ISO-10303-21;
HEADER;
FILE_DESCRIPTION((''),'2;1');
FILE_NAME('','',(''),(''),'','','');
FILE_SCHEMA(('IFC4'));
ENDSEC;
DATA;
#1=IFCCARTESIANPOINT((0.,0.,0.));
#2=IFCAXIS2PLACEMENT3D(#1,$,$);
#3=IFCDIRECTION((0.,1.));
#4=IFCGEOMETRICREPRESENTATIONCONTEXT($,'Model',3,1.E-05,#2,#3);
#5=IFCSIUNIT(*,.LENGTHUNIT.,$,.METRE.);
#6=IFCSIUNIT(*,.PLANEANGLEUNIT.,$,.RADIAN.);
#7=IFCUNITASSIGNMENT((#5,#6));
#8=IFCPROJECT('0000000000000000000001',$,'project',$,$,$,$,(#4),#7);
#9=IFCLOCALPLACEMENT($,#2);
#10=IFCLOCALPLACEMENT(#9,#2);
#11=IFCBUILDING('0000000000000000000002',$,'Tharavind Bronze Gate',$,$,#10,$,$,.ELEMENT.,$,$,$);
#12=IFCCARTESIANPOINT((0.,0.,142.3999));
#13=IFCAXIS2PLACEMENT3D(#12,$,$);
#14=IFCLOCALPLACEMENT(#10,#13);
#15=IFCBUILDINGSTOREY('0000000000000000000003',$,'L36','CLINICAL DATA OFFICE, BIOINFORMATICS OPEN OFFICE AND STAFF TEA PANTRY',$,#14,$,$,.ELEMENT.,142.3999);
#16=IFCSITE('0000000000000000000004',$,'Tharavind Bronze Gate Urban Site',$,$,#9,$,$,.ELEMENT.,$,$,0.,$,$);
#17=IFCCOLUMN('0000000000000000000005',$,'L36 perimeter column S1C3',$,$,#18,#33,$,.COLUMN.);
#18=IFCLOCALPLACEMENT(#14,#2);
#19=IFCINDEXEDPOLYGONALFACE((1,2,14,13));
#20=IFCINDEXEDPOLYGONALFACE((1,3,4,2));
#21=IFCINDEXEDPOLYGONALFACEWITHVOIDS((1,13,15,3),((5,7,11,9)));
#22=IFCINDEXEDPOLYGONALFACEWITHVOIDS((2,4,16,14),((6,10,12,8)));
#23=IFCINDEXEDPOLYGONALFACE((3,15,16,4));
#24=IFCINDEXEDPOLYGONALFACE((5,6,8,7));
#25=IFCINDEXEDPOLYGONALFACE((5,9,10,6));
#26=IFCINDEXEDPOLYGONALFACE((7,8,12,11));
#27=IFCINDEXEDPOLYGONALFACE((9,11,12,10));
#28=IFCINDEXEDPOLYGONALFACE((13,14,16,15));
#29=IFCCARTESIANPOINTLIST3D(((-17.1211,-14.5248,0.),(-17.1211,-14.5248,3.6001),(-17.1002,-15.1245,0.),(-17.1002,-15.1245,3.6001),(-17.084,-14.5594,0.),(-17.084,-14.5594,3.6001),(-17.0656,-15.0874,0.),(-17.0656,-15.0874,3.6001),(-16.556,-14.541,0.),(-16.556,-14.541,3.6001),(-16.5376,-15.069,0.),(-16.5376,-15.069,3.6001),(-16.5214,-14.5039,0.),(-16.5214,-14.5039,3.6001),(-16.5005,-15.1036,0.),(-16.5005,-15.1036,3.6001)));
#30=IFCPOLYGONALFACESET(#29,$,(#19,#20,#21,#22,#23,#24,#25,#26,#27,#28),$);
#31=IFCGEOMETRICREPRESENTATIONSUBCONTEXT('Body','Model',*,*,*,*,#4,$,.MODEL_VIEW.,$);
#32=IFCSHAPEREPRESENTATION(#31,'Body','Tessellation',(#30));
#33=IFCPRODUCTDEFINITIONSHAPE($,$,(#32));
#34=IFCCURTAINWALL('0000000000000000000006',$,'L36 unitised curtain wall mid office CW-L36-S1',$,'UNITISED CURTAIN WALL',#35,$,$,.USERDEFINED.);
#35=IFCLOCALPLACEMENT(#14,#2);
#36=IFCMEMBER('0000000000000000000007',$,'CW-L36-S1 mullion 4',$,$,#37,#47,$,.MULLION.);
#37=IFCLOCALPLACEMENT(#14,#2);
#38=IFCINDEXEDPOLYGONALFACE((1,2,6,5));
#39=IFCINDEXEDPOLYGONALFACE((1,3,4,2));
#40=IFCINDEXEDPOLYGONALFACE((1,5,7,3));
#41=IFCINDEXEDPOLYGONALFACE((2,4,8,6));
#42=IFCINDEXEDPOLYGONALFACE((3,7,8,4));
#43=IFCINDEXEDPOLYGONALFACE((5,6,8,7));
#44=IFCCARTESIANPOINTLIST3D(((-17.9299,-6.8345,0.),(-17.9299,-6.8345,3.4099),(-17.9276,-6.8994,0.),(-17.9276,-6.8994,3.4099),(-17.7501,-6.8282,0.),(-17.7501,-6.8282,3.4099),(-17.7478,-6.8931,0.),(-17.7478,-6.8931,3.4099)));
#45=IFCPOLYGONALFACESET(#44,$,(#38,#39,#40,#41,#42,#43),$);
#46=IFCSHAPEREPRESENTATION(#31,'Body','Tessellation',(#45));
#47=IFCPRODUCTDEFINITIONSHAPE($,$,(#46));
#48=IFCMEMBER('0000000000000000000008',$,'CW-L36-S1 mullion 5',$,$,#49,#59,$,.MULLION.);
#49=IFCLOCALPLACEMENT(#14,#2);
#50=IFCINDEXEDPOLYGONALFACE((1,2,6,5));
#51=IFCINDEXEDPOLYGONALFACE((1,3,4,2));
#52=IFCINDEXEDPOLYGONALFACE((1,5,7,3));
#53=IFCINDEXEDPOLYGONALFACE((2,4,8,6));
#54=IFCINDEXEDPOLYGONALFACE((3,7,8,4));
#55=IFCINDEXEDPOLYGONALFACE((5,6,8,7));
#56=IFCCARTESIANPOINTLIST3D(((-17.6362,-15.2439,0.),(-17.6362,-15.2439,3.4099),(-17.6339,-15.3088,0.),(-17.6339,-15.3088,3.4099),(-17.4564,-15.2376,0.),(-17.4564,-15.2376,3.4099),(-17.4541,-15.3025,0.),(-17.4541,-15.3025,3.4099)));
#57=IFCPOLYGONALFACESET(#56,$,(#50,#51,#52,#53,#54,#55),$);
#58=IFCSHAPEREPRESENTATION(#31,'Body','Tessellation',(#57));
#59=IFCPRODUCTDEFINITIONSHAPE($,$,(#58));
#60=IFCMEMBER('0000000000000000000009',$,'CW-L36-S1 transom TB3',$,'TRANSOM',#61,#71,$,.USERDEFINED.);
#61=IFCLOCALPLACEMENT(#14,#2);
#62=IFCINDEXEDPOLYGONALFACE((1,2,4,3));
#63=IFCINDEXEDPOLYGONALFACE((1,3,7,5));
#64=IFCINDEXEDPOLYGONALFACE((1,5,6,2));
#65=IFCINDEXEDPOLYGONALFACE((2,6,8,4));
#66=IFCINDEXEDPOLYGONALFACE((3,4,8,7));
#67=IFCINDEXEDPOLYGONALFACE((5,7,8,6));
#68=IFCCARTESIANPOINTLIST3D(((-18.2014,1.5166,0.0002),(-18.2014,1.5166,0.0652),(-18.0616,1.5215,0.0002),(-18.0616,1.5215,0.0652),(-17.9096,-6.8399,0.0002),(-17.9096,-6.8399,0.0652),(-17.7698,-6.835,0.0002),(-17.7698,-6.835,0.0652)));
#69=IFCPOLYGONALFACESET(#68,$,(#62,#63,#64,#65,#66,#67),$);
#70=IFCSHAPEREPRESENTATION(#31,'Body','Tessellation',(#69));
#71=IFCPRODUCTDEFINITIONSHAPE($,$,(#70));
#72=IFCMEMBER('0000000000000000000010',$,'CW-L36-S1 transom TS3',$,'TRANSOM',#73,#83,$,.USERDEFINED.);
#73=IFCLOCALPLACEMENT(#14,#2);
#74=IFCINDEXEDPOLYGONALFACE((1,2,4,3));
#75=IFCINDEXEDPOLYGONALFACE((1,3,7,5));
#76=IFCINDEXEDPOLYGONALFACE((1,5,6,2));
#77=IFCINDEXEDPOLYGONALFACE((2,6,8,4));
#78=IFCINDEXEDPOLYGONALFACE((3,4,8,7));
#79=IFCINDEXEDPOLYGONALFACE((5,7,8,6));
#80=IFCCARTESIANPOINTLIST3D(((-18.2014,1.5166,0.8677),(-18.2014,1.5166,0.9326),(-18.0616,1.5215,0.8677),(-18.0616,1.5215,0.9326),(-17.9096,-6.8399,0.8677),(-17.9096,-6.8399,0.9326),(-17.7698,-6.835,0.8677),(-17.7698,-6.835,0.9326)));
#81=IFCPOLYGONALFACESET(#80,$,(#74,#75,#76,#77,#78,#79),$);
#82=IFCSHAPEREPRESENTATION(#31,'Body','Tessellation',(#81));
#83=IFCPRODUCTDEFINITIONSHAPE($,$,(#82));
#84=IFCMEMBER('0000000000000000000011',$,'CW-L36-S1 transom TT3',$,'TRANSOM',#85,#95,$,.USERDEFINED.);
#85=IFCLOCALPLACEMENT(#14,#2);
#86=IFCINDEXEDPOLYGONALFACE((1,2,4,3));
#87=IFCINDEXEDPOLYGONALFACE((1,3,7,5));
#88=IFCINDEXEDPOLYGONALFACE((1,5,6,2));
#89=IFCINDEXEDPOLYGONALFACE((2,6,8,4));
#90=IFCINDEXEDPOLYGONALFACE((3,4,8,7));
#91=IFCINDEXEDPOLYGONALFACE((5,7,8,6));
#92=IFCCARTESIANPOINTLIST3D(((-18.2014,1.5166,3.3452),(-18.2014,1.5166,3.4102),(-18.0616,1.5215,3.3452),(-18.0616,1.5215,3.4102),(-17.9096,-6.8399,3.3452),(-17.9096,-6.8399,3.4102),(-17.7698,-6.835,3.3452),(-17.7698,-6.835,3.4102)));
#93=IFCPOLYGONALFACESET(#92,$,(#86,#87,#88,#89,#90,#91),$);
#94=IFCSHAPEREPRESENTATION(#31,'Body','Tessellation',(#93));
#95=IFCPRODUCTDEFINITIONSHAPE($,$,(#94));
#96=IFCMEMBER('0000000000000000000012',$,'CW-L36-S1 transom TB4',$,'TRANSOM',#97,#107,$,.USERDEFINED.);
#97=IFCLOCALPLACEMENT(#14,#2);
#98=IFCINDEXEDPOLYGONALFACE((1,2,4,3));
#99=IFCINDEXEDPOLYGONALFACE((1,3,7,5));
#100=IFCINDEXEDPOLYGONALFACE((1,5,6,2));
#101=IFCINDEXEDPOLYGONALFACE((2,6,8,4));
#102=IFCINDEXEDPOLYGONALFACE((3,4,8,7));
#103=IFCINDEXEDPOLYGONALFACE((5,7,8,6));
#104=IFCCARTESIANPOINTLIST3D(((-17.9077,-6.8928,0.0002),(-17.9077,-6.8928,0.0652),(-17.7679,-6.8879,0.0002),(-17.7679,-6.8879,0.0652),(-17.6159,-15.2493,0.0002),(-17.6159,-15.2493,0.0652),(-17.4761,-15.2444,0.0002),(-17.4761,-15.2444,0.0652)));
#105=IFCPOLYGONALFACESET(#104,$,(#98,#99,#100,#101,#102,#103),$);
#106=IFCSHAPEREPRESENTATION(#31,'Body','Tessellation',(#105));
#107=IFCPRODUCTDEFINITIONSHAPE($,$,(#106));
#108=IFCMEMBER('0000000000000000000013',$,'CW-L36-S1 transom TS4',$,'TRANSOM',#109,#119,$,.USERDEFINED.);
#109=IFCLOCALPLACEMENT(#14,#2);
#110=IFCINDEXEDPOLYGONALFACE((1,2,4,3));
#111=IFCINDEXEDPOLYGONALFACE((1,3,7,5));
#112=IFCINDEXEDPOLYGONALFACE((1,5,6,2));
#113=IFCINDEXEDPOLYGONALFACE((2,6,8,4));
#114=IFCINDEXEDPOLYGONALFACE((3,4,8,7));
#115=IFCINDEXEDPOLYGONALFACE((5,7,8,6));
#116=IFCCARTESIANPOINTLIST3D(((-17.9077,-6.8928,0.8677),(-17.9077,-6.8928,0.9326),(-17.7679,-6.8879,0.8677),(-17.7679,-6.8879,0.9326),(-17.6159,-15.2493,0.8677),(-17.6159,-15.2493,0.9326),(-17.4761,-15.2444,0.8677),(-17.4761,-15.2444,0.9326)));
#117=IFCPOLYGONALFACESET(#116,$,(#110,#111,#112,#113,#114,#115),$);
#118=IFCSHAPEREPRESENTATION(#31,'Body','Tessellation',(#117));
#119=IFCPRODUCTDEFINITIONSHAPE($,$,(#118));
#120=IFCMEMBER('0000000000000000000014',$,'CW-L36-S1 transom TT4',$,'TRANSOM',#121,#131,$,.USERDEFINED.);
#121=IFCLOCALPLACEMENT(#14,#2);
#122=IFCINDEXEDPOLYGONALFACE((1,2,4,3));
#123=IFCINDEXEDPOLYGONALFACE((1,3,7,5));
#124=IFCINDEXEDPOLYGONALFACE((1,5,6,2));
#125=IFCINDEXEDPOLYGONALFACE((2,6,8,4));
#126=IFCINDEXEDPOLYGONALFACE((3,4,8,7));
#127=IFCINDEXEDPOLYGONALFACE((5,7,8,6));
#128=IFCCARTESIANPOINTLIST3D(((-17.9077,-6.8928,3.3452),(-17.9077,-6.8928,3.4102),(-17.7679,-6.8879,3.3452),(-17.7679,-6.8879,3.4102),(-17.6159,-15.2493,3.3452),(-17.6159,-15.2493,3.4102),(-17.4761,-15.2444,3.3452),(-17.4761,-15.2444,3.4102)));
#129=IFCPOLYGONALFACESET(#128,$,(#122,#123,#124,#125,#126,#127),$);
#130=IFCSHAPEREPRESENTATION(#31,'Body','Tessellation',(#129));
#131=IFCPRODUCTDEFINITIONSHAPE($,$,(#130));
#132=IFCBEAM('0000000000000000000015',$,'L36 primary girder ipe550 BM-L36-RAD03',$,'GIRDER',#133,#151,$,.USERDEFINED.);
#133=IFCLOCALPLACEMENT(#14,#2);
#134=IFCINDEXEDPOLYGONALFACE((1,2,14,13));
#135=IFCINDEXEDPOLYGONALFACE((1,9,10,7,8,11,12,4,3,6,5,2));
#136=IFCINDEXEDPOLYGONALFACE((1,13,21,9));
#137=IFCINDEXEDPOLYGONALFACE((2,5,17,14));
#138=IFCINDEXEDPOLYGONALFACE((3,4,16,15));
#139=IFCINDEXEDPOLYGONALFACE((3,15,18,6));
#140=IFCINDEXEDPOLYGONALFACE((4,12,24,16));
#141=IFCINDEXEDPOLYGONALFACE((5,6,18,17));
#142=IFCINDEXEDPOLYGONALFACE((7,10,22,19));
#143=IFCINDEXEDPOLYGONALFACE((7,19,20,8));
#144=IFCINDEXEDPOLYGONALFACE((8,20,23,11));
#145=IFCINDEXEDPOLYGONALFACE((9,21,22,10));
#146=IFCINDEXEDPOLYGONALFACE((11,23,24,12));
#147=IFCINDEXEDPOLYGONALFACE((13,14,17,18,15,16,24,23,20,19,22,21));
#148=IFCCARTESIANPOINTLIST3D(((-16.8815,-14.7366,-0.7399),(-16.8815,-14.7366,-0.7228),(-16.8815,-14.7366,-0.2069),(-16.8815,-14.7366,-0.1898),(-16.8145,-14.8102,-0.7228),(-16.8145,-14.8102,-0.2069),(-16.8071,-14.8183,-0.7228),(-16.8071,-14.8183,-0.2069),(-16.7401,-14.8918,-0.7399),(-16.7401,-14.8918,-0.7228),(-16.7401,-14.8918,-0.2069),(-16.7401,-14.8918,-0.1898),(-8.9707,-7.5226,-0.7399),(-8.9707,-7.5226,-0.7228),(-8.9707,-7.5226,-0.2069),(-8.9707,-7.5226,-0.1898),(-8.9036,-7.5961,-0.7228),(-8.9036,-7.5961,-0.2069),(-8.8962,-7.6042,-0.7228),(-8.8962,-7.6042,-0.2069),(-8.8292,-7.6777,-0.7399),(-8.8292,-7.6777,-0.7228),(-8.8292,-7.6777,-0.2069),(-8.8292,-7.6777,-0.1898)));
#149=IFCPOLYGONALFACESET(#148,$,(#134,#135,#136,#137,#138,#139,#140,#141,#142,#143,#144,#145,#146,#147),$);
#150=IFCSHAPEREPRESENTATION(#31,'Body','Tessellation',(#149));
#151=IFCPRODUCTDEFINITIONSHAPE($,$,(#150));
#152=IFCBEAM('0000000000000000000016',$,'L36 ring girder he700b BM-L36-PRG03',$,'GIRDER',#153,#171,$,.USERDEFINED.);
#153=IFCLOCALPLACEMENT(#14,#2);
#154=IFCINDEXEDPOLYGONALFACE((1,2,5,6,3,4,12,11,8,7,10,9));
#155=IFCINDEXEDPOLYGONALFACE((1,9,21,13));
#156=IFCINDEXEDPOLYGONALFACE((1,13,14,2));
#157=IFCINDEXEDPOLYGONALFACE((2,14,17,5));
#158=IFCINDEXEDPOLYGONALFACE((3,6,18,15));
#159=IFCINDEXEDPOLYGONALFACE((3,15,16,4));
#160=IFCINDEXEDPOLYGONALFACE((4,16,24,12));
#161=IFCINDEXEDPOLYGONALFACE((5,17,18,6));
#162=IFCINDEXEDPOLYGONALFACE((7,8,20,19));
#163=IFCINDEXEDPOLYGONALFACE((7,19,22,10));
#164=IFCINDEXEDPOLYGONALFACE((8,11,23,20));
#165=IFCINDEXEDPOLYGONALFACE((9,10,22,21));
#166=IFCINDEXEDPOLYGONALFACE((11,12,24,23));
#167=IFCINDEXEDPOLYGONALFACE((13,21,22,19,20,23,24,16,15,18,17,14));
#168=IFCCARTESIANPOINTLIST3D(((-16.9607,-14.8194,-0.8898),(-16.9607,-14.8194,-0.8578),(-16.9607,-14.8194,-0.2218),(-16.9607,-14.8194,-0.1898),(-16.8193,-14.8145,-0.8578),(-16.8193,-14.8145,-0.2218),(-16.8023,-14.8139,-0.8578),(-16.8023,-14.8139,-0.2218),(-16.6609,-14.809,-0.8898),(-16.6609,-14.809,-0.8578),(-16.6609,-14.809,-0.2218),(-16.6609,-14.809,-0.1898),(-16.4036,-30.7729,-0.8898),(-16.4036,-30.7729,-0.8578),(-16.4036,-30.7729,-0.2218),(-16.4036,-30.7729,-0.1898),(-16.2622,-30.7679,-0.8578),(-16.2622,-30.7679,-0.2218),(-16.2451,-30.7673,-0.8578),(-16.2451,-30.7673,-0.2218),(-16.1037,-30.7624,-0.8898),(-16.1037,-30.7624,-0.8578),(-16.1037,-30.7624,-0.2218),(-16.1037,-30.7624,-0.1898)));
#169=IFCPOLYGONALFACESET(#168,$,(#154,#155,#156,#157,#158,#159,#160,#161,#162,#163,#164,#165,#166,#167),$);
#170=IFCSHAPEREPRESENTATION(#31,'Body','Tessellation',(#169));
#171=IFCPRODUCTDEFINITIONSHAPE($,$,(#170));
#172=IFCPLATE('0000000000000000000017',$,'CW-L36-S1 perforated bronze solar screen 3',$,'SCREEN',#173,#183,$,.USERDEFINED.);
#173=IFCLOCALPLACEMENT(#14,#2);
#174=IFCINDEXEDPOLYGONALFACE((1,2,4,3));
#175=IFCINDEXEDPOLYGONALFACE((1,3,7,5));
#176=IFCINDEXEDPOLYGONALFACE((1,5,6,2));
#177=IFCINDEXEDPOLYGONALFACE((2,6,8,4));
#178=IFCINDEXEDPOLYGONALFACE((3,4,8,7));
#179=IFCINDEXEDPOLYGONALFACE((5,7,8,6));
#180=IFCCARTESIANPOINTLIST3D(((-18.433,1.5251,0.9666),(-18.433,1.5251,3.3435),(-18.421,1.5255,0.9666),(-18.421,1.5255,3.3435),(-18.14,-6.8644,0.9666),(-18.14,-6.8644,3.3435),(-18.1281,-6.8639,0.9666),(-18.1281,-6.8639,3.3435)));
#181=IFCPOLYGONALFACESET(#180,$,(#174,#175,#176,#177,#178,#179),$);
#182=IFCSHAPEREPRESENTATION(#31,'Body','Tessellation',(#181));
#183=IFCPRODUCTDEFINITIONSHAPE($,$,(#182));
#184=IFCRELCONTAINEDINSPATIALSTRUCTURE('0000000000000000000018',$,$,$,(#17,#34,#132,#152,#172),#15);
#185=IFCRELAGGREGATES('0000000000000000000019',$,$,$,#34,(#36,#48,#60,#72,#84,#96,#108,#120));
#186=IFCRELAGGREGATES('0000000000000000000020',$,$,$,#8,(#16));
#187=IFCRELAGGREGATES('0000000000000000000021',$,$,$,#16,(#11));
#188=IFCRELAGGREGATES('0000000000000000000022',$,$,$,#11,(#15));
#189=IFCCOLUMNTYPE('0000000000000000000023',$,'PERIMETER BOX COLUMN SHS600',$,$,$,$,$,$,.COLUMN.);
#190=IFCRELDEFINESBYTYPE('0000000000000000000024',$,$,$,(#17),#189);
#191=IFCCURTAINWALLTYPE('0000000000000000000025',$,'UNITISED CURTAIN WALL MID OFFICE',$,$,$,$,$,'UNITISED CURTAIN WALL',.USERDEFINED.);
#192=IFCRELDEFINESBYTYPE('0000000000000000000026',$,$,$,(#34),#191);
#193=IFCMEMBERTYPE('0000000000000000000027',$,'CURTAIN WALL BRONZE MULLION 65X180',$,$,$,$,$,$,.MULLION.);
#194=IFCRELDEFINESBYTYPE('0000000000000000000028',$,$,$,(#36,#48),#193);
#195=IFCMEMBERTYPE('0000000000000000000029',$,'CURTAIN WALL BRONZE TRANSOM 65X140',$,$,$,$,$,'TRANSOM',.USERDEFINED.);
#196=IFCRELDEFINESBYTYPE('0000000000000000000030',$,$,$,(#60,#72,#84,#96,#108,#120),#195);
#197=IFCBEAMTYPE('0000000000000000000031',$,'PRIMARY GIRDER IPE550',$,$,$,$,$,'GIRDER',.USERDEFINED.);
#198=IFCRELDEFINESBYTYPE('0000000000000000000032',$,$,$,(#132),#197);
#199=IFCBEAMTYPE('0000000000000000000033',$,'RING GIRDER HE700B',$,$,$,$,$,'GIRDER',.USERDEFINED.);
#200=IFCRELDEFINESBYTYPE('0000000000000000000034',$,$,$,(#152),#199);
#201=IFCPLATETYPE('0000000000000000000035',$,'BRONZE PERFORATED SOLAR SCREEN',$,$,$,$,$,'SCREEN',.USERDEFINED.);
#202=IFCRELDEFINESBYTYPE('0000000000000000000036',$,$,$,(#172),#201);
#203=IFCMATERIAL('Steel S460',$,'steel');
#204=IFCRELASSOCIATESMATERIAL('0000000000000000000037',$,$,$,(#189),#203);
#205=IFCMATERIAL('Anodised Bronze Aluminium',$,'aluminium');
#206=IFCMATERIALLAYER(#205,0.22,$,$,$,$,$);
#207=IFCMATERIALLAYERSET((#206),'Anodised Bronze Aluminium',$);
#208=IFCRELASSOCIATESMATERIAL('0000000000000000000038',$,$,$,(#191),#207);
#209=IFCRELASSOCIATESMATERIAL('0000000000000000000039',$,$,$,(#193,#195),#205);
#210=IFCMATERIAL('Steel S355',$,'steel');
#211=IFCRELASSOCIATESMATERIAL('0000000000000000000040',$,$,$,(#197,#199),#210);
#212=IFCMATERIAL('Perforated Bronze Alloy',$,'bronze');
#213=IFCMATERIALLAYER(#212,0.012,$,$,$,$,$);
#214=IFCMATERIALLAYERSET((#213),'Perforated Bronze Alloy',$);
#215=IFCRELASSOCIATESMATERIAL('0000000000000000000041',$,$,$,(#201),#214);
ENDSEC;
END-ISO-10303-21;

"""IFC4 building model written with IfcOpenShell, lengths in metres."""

from ifc_helpers import new_model, si_unit, direction, frame, origin, origin_2d, place, context, subcontext, project, spatial, rectangle, hollow_rectangle, i_section, extrude, material, layer, layer_set, material_profile, profile_set, type_object, element, aggregate, save


model = new_model("IFC4")

# Units and contexts
model_context = context("Model", 3, precision=1e-05, world=origin(), true_north=direction((0.0, 1.0)))
body_context = subcontext(model_context, "Body", "Model", "MODEL_VIEW")
ifc_project = project(units=[si_unit("LENGTHUNIT", "METRE"), si_unit("PLANEANGLEUNIT", "RADIAN")], contexts=[model_context])

# Site, building, storey
site_placement = place(None, origin())
site = spatial("IfcSite", under=ifc_project, at=site_placement, Name="Tharavind Bronze Gate Urban Site", CompositionType="ELEMENT", RefElevation=0.0)
building_placement = place(site_placement, origin())
building = spatial("IfcBuilding", under=site, at=building_placement, Name="Tharavind Bronze Gate", CompositionType="ELEMENT")
storey_placement = place(building_placement, frame((0.0, 0.0, 142.3999)))
storey = spatial("IfcBuildingStorey", under=building, at=storey_placement, Name="L36", Description="CLINICAL DATA OFFICE, BIOINFORMATICS OPEN OFFICE AND STAFF TEA PANTRY", CompositionType="ELEMENT", Elevation=142.3999)

# Column
ifc_material_1 = material(Name="Steel S460", Category="steel")
ifc_material_profile_1 = material_profile(ifc_material_1, hollow_rectangle(XDim=0.6001, YDim=0.6001, WallThickness=0.0359, at=origin_2d()), Name="SHS600X36")
ifc_profile_set_1 = profile_set([ifc_material_profile_1], Name="Steel S460")
column_type = type_object("IfcColumnType", Name="PERIMETER BOX COLUMN SHS600", PredefinedType="COLUMN", material=ifc_profile_set_1)
column_placement = place(storey_placement, frame((-16.8108, -14.8142, 0.0), z_axis=(0.0, 0.0, 1.0), x_axis=(-0.034899, 0.999391, 0.0)))
element("IfcColumn", 1, at=column_placement, inside=storey, type_object=column_type, Name="L36 perimeter column S1C3", PredefinedType="COLUMN", context=body_context, shape_type="SweptSolid", body=[
    extrude(hollow_rectangle(XDim=0.6001, YDim=0.6001, WallThickness=0.0359, at=origin_2d()), origin(), (0.0, 0.0, 1.0), 3.6001),
])

# Curtain wall, members
ifc_material_2 = material(Name="Anodised Bronze Aluminium", Category="aluminium")
ifc_layer_1 = layer(ifc_material_2, 0.22)
ifc_layer_set_1 = layer_set([ifc_layer_1], Name="Anodised Bronze Aluminium")
curtain_wall_type = type_object("IfcCurtainWallType", Name="UNITISED CURTAIN WALL MID OFFICE", ElementType="UNITISED CURTAIN WALL", PredefinedType="USERDEFINED", material=ifc_layer_set_1)
curtain_wall_placement = place(storey_placement, origin())
curtain_wall = element("IfcCurtainWall", 2, at=curtain_wall_placement, inside=storey, type_object=curtain_wall_type, Name="L36 unitised curtain wall mid office CW-L36-S1", ObjectType="UNITISED CURTAIN WALL", PredefinedType="USERDEFINED")
member_type_1 = type_object("IfcMemberType", Name="CURTAIN WALL BRONZE MULLION 65X180", PredefinedType="MULLION", material=ifc_material_2)
member_1_placement = place(storey_placement, frame((-17.8389, -6.8638, 0.0), z_axis=(0.0, 0.0, 1.0), x_axis=(0.034899, -0.999391, 0.0)))
member_1 = element("IfcMember", 3, at=member_1_placement, type_object=member_type_1, Name="CW-L36-S1 mullion 4", PredefinedType="MULLION", context=body_context, shape_type="SweptSolid", body=[
    extrude(rectangle(XDim=0.0649, YDim=0.1799, at=origin_2d()), origin(), (0.0, 0.0, 1.0), 3.4099),
])
member_2_placement = place(storey_placement, frame((-17.5452, -15.2732, 0.0), z_axis=(0.0, 0.0, 1.0), x_axis=(0.034899, -0.999391, 0.0)))
member_2 = element("IfcMember", 4, at=member_2_placement, type_object=member_type_1, Name="CW-L36-S1 mullion 5", PredefinedType="MULLION", context=body_context, shape_type="SweptSolid", body=[
    extrude(rectangle(XDim=0.0649, YDim=0.1799, at=origin_2d()), origin(), (0.0, 0.0, 1.0), 3.4099),
])
member_type_2 = type_object("IfcMemberType", Name="CURTAIN WALL BRONZE TRANSOM 65X140", ElementType="TRANSOM", PredefinedType="USERDEFINED", material=ifc_material_2)
member_3_placement = place(storey_placement, frame((-17.9856, -2.6592, 0.0002), z_axis=(0.0, 0.0, 1.0), x_axis=(0.034899, -0.999391, 0.0)))
member_3 = element("IfcMember", 5, at=member_3_placement, type_object=member_type_2, Name="CW-L36-S1 transom TB3", ObjectType="TRANSOM", PredefinedType="USERDEFINED", context=body_context, shape_type="SweptSolid", body=[
    extrude(rectangle(XDim=8.3616, YDim=0.1399, at=origin_2d()), origin(), (0.0, 0.0, 1.0), 0.0649),
])
member_4_placement = place(storey_placement, frame((-17.9856, -2.6592, 0.8677), z_axis=(0.0, 0.0, 1.0), x_axis=(0.034899, -0.999391, 0.0)))
member_4 = element("IfcMember", 6, at=member_4_placement, type_object=member_type_2, Name="CW-L36-S1 transom TS3", ObjectType="TRANSOM", PredefinedType="USERDEFINED", context=body_context, shape_type="SweptSolid", body=[
    extrude(rectangle(XDim=8.3616, YDim=0.1399, at=origin_2d()), origin(), (0.0, 0.0, 1.0), 0.0649),
])
member_5_placement = place(storey_placement, frame((-17.9856, -2.6592, 3.3452), z_axis=(0.0, 0.0, 1.0), x_axis=(0.034899, -0.999391, 0.0)))
member_5 = element("IfcMember", 7, at=member_5_placement, type_object=member_type_2, Name="CW-L36-S1 transom TT3", ObjectType="TRANSOM", PredefinedType="USERDEFINED", context=body_context, shape_type="SweptSolid", body=[
    extrude(rectangle(XDim=8.3616, YDim=0.1399, at=origin_2d()), origin(), (0.0, 0.0, 1.0), 0.0649),
])
member_6_placement = place(storey_placement, frame((-17.6919, -11.0686, 0.0002), z_axis=(0.0, 0.0, 1.0), x_axis=(0.034899, -0.999391, 0.0)))
member_6 = element("IfcMember", 8, at=member_6_placement, type_object=member_type_2, Name="CW-L36-S1 transom TB4", ObjectType="TRANSOM", PredefinedType="USERDEFINED", context=body_context, shape_type="SweptSolid", body=[
    extrude(rectangle(XDim=8.3616, YDim=0.1399, at=origin_2d()), origin(), (0.0, 0.0, 1.0), 0.0649),
])
member_7_placement = place(storey_placement, frame((-17.6919, -11.0686, 0.8677), z_axis=(0.0, 0.0, 1.0), x_axis=(0.034899, -0.999391, 0.0)))
member_7 = element("IfcMember", 9, at=member_7_placement, type_object=member_type_2, Name="CW-L36-S1 transom TS4", ObjectType="TRANSOM", PredefinedType="USERDEFINED", context=body_context, shape_type="SweptSolid", body=[
    extrude(rectangle(XDim=8.3616, YDim=0.1399, at=origin_2d()), origin(), (0.0, 0.0, 1.0), 0.0649),
])
member_8_placement = place(storey_placement, frame((-17.6919, -11.0686, 3.3452), z_axis=(0.0, 0.0, 1.0), x_axis=(0.034899, -0.999391, 0.0)))
member_8 = element("IfcMember", 10, at=member_8_placement, type_object=member_type_2, Name="CW-L36-S1 transom TT4", ObjectType="TRANSOM", PredefinedType="USERDEFINED", context=body_context, shape_type="SweptSolid", body=[
    extrude(rectangle(XDim=8.3616, YDim=0.1399, at=origin_2d()), origin(), (0.0, 0.0, 1.0), 0.0649),
])

# Beams
ifc_material_3 = material(Name="Steel S355", Category="steel")
ifc_material_profile_2 = material_profile(ifc_material_3, i_section(OverallWidth=0.21, OverallDepth=0.55, WebThickness=0.011, FlangeThickness=0.0171, at=origin_2d()), Name="IPE550")
ifc_profile_set_2 = profile_set([ifc_material_profile_2], Name="Steel S355")
beam_type_1 = type_object("IfcBeamType", Name="PRIMARY GIRDER IPE550", ElementType="GIRDER", PredefinedType="USERDEFINED", material=ifc_profile_set_2)
beam_1_placement = place(storey_placement, frame((-16.8108, -14.8142, -0.4648), z_axis=(0.738898, 0.673817, 0.0), x_axis=(-0.673817, 0.738898, 0.0)))
element("IfcBeam", 11, at=beam_1_placement, inside=storey, type_object=beam_type_1, Name="L36 primary girder ipe550 BM-L36-RAD03", ObjectType="GIRDER", PredefinedType="USERDEFINED", context=body_context, shape_type="SweptSolid", body=[
    extrude(i_section(OverallWidth=0.21, OverallDepth=0.55, WebThickness=0.011, FlangeThickness=0.0171, at=origin_2d()), origin(), (0.0, 0.0, 1.0), 10.7063),
])
ifc_material_profile_3 = material_profile(ifc_material_3, i_section(OverallWidth=0.3, OverallDepth=0.7, WebThickness=0.0171, FlangeThickness=0.032, at=origin_2d()), Name="HE700B")
ifc_profile_set_3 = profile_set([ifc_material_profile_3], Name="Steel S355")
beam_type_2 = type_object("IfcBeamType", Name="RING GIRDER HE700B", ElementType="GIRDER", PredefinedType="USERDEFINED", material=ifc_profile_set_3)
beam_2_placement = place(storey_placement, frame((-16.8108, -14.8142, -0.5398), z_axis=(0.034901, -0.999391, 0.0), x_axis=(0.999391, 0.034901, 0.0)))
element("IfcBeam", 12, at=beam_2_placement, inside=storey, type_object=beam_type_2, Name="L36 ring girder he700b BM-L36-PRG03", ObjectType="GIRDER", PredefinedType="USERDEFINED", context=body_context, shape_type="SweptSolid", body=[
    extrude(i_section(OverallWidth=0.3, OverallDepth=0.7, WebThickness=0.0171, FlangeThickness=0.032, at=origin_2d()), origin(), (0.0, 0.0, 1.0), 15.9631),
])

# Plate
ifc_material_4 = material(Name="Perforated Bronze Alloy", Category="bronze")
ifc_layer_2 = layer(ifc_material_4, 0.012)
ifc_layer_set_2 = layer_set([ifc_layer_2], Name="Perforated Bronze Alloy")
plate_type_1 = type_object("IfcPlateType", Name="BRONZE PERFORATED SOLAR SCREEN", ElementType="SCREEN", PredefinedType="USERDEFINED", material=ifc_layer_set_2)
plate_1_placement = place(storey_placement, frame((-18.2805, -2.6694, 0.9666), z_axis=(0.0, 0.0, 1.0), x_axis=(0.034899, -0.999391, 0.0)))
element("IfcPlate", 13, at=plate_1_placement, inside=storey, type_object=plate_type_1, Name="CW-L36-S1 perforated bronze solar screen 3", ObjectType="SCREEN", PredefinedType="USERDEFINED", context=body_context, shape_type="SweptSolid", body=[
    extrude(rectangle(XDim=8.3945, YDim=0.012, at=origin_2d()), origin(), (0.0, 0.0, 1.0), 2.377),
])
aggregate(curtain_wall, [member_1, member_2, member_3, member_4, member_5, member_6, member_7, member_8])

save(model, "model.ifc")
